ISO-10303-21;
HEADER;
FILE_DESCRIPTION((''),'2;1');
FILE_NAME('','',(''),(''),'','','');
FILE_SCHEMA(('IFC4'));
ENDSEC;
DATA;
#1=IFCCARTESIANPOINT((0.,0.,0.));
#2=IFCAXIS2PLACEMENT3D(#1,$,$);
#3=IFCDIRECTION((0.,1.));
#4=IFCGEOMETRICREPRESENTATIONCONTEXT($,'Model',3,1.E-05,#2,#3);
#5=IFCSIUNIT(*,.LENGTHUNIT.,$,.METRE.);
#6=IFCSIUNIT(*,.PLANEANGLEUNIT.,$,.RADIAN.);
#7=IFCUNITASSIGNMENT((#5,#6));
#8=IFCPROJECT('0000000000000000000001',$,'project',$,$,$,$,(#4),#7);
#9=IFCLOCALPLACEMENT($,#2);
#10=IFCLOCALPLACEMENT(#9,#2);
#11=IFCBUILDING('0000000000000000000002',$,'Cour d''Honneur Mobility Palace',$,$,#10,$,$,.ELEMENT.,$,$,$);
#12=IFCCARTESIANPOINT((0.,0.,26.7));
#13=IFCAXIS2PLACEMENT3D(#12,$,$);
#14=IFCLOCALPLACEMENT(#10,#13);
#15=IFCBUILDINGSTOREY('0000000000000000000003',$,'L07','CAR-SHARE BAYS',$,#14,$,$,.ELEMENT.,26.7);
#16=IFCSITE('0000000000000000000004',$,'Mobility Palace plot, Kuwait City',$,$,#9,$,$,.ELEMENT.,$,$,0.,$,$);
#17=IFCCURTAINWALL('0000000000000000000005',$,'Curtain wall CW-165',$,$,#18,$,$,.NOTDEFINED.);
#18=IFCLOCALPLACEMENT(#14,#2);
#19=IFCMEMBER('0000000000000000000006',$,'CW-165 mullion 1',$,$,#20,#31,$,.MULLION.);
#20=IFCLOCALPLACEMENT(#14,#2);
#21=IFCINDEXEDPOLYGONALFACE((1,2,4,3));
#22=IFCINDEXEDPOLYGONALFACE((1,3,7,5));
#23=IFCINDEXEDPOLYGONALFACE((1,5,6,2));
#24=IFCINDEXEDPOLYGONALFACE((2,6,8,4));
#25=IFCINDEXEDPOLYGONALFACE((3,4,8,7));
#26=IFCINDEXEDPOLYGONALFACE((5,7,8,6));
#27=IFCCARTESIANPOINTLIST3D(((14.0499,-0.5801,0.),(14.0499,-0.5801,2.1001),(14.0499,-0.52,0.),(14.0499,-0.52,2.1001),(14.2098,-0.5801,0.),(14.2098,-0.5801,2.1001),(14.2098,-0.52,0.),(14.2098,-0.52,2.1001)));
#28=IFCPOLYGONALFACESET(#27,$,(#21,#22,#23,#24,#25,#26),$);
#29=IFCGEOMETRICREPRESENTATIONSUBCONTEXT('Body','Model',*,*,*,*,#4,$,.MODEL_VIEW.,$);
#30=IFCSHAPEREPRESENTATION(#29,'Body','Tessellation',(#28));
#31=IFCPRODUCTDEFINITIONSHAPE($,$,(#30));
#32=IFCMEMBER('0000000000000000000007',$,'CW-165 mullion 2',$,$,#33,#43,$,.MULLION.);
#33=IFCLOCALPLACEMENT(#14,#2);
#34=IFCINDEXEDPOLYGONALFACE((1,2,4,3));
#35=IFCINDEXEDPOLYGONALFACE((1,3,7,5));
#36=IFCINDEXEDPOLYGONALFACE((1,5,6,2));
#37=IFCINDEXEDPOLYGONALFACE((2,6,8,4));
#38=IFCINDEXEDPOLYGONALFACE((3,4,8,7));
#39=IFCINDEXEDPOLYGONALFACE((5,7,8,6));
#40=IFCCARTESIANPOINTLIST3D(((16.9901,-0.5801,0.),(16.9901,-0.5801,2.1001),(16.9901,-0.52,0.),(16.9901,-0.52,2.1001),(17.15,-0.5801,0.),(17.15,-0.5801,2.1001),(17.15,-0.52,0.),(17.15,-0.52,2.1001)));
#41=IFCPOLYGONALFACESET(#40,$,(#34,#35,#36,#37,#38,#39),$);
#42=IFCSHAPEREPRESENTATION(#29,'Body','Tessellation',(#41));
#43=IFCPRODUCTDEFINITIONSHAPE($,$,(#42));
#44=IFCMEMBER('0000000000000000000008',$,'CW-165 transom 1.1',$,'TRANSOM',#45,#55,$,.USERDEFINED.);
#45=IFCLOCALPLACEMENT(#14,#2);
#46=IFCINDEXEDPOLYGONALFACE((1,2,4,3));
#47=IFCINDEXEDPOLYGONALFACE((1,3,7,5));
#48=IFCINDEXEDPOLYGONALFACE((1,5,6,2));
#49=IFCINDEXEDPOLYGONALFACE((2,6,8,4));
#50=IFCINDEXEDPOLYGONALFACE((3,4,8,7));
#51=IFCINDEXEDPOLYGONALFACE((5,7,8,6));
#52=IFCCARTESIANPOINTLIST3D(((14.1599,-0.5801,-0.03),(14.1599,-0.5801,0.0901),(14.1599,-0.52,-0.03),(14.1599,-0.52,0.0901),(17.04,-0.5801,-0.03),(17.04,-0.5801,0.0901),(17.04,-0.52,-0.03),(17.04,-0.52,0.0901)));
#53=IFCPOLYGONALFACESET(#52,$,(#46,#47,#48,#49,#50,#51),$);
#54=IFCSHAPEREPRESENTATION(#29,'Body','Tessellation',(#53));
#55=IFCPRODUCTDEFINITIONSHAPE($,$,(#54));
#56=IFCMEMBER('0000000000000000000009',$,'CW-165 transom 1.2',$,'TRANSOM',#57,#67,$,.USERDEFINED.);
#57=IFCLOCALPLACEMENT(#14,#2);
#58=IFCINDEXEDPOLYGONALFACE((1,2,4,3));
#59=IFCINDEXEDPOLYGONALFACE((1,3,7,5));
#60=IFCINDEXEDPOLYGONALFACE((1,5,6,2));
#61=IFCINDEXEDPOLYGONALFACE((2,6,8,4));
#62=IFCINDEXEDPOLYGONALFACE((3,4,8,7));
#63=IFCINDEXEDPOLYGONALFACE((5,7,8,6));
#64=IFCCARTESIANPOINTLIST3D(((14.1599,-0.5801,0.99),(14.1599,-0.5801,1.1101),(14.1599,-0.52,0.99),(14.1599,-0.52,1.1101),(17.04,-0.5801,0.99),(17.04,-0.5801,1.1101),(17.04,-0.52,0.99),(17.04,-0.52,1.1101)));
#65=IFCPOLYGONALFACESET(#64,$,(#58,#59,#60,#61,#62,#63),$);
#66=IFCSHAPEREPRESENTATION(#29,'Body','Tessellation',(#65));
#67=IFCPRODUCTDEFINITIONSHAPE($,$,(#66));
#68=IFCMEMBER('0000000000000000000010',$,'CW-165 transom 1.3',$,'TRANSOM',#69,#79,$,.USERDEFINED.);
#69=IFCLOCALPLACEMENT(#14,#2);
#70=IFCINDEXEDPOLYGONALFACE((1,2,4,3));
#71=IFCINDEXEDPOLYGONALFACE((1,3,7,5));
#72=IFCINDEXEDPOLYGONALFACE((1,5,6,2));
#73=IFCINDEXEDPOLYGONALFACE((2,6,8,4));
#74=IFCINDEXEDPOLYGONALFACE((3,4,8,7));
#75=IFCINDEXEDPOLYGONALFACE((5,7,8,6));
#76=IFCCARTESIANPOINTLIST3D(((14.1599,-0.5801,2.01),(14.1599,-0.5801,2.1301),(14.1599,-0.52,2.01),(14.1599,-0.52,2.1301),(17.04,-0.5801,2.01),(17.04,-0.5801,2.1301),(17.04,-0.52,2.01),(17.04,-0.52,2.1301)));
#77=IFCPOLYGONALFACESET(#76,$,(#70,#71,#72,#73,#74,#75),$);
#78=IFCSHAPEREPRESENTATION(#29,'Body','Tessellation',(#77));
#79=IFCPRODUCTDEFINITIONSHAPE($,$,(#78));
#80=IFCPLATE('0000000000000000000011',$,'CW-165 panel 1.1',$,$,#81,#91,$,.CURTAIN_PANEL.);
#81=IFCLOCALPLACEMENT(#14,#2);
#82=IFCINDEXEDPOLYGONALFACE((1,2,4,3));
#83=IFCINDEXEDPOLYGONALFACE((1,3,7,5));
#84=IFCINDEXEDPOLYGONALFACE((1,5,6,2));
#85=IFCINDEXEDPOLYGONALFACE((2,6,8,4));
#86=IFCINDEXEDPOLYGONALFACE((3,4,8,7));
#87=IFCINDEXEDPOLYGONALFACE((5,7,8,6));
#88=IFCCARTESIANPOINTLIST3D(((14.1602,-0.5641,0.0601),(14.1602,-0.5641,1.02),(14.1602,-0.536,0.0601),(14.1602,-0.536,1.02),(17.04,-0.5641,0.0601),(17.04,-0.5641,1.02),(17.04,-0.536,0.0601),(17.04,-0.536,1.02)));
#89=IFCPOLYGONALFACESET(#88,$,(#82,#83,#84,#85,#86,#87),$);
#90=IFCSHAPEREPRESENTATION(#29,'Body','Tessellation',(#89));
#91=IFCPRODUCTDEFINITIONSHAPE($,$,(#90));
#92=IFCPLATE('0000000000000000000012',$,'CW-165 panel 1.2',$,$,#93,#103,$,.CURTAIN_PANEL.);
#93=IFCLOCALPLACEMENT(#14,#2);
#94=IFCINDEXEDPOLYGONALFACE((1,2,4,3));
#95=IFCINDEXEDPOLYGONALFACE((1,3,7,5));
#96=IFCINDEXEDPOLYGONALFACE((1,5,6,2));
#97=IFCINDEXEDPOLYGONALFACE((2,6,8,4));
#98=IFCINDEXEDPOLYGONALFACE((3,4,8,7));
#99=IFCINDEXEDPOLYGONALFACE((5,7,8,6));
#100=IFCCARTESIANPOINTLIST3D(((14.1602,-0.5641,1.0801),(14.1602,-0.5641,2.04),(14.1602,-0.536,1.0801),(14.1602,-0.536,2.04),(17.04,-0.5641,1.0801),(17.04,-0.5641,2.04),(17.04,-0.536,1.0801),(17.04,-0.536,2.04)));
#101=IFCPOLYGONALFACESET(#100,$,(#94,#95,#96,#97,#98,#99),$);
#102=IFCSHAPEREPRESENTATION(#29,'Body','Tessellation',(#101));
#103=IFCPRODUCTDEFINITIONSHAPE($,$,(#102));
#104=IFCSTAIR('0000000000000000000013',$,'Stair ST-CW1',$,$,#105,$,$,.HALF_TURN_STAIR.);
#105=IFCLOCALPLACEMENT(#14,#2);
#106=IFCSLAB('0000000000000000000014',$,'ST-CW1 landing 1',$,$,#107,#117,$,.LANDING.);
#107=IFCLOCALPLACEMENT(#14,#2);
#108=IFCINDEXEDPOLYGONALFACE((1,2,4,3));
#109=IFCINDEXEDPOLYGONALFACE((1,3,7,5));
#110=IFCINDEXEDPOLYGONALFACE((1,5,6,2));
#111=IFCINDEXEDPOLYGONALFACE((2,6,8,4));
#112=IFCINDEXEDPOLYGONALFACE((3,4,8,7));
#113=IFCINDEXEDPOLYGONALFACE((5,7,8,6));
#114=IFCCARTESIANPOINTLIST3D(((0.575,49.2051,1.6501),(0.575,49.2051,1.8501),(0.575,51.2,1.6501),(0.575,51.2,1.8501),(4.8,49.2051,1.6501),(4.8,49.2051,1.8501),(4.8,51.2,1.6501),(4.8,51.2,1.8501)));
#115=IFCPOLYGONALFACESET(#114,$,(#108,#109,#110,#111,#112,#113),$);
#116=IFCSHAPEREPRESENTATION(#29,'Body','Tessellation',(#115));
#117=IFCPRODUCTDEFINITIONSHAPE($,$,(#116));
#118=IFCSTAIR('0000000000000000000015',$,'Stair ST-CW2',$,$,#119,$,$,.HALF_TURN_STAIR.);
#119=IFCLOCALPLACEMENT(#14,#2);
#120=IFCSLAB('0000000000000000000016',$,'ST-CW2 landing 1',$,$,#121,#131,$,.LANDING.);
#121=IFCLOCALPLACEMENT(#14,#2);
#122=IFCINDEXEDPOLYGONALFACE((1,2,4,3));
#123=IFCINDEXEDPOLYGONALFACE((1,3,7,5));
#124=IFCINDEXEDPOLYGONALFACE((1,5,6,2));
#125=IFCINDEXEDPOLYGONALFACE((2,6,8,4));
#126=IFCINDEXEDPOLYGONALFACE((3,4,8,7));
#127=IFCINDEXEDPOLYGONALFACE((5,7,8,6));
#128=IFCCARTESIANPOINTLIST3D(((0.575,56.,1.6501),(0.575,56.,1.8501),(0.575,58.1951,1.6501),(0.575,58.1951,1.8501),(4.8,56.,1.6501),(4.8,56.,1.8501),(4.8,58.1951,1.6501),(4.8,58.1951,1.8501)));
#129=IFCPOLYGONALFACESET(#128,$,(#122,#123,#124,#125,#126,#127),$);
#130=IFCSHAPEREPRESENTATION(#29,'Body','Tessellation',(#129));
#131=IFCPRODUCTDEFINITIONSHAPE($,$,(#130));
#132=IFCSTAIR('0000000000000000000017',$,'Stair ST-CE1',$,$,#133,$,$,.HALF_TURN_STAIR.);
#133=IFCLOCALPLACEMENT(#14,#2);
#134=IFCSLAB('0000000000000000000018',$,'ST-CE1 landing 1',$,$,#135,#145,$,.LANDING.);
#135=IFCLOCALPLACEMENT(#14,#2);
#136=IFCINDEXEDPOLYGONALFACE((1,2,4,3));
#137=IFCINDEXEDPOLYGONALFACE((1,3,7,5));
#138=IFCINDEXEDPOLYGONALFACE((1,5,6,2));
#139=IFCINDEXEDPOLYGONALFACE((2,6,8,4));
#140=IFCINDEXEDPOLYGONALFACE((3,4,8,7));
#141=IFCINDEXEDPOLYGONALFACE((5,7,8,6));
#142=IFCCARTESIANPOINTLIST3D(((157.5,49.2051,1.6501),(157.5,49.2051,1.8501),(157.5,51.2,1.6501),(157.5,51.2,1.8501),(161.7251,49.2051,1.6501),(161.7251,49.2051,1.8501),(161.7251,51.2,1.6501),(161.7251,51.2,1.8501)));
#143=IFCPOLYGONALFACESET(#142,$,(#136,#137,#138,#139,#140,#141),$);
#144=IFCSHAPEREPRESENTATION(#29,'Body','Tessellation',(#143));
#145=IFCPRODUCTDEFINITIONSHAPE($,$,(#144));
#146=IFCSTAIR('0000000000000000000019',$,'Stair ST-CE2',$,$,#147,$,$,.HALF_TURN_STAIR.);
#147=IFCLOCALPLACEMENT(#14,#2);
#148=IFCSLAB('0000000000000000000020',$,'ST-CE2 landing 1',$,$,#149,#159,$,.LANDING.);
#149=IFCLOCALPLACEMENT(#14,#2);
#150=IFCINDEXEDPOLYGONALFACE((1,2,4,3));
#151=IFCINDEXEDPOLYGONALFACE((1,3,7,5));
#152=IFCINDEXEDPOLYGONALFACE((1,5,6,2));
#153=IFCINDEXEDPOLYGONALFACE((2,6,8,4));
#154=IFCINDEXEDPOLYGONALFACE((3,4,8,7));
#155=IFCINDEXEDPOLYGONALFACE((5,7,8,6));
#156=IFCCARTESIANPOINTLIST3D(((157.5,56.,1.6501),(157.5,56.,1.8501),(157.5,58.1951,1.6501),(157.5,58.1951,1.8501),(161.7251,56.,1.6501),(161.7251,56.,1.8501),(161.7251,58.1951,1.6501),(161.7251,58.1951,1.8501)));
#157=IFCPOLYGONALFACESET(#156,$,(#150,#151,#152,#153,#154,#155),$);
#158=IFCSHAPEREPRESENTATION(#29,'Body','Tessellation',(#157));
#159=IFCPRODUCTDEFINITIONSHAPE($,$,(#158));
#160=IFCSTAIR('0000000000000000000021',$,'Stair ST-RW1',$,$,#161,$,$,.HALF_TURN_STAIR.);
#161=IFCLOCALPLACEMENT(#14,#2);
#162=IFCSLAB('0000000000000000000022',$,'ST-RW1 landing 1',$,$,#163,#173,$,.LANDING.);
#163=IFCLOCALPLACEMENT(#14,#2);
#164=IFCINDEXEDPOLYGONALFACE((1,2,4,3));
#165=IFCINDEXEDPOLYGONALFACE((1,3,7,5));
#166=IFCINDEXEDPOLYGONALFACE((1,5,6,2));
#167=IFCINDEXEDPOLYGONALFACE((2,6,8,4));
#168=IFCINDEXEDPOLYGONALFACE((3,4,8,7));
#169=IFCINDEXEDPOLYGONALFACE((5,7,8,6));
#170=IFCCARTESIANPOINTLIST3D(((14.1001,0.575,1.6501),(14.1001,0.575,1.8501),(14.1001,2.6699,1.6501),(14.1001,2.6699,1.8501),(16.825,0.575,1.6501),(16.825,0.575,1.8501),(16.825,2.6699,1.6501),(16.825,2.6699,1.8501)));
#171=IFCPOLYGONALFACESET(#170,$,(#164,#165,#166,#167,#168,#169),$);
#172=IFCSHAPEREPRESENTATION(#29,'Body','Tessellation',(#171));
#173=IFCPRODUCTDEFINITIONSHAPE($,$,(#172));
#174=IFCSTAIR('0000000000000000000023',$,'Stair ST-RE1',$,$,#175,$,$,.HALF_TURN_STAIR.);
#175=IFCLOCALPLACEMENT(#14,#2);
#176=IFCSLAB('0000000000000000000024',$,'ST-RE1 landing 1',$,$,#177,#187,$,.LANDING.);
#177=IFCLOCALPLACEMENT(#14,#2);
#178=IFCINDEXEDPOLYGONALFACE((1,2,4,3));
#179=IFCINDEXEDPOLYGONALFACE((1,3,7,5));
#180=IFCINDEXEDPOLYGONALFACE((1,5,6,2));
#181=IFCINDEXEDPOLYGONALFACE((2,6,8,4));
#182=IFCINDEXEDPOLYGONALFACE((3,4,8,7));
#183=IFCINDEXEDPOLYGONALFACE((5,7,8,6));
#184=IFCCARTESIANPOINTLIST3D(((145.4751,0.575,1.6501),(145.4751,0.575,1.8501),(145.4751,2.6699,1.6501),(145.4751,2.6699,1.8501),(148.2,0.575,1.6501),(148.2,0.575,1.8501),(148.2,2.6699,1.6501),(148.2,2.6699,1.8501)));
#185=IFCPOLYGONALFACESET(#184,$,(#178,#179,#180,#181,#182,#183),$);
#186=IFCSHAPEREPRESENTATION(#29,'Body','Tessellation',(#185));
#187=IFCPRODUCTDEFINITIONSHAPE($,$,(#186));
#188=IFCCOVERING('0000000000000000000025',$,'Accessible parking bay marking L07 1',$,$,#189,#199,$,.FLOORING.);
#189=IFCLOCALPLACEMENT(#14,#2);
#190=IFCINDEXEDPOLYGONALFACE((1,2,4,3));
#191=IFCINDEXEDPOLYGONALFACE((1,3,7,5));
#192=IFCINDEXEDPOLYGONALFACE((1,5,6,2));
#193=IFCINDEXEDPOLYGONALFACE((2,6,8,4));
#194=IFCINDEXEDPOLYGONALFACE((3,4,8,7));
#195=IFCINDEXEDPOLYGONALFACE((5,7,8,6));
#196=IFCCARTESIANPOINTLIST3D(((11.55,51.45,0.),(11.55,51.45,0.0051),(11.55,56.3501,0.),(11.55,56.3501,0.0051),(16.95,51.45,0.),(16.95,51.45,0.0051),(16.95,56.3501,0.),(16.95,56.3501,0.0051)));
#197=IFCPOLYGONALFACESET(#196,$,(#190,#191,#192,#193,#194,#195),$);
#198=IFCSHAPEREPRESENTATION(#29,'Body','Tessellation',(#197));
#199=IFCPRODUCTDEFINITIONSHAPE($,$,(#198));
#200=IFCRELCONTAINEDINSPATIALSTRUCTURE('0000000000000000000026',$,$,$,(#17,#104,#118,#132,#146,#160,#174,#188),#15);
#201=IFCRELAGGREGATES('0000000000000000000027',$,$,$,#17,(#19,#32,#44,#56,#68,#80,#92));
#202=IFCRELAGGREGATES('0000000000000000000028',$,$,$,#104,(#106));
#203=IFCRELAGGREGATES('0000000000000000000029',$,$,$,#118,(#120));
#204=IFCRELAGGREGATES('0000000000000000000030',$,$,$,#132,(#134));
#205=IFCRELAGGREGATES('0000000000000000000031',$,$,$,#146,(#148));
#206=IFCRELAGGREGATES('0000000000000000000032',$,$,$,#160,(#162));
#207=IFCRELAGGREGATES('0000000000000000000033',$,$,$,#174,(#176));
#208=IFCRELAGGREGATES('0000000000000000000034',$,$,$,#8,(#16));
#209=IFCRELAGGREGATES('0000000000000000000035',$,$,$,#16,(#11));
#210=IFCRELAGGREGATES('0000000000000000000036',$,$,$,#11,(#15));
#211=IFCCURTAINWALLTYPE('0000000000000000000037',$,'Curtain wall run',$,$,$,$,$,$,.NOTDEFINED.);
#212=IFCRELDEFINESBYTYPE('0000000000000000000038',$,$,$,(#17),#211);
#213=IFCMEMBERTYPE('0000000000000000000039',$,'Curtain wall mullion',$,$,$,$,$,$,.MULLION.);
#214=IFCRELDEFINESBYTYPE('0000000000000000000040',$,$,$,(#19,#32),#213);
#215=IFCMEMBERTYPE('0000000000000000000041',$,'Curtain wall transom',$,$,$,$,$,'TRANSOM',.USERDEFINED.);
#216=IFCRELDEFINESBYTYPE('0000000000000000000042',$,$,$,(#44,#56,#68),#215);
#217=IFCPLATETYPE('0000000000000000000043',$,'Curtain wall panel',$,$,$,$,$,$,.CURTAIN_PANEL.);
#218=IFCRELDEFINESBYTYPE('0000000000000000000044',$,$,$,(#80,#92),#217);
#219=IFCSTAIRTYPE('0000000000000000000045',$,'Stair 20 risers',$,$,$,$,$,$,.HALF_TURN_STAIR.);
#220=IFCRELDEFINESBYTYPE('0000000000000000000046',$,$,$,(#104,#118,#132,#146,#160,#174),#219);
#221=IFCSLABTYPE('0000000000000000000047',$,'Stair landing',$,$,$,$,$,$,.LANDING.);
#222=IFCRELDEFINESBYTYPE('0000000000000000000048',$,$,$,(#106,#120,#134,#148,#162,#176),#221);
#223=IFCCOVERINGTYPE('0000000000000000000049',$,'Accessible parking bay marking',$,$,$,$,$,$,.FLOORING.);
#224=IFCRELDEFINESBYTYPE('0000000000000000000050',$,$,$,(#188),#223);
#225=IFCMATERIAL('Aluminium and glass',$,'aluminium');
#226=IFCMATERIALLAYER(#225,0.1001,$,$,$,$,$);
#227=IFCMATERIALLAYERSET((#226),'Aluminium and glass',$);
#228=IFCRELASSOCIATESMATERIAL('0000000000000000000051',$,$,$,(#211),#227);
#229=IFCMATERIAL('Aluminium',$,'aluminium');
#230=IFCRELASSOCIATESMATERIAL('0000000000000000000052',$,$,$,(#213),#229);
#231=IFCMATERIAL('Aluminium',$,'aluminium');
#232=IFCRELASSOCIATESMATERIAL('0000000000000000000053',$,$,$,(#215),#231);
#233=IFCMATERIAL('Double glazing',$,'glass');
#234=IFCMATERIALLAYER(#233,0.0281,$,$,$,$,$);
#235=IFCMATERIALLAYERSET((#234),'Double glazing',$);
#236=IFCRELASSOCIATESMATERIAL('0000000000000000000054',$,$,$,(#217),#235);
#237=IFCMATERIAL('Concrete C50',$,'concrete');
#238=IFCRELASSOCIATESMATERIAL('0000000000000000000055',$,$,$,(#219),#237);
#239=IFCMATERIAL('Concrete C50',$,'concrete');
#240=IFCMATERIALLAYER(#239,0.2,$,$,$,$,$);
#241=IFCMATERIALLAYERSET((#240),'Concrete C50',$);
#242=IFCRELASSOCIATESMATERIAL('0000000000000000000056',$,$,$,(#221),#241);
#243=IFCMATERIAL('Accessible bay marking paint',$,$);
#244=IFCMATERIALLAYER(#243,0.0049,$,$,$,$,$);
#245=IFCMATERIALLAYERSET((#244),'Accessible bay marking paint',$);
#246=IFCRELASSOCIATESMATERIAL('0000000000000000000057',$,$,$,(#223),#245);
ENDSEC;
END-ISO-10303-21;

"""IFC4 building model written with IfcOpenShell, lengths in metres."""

from ifc_helpers import new_model, si_unit, direction, frame, origin, origin_2d, place, context, subcontext, project, spatial, polyline, rectangle, outline, extrude, material, layer, layer_set, material_profile, profile_set, type_object, element, aggregate, save


model = new_model("IFC4")

# Units and contexts
model_context = context("Model", 3, precision=1e-05, world=origin(), true_north=direction((0.0, 1.0)))
body_context = subcontext(model_context, "Body", "Model", "MODEL_VIEW")
ifc_project = project(units=[si_unit("LENGTHUNIT", "METRE"), si_unit("PLANEANGLEUNIT", "RADIAN")], contexts=[model_context])

# Site, building, storey
site_placement = place(None, origin())
site = spatial("IfcSite", under=ifc_project, at=site_placement, Name="Mobility Palace plot, Kuwait City", CompositionType="ELEMENT", RefElevation=0.0)
building_placement = place(site_placement, origin())
building = spatial("IfcBuilding", under=site, at=building_placement, Name="Cour d'Honneur Mobility Palace", CompositionType="ELEMENT")
storey_placement = place(building_placement, frame((0.0, 0.0, 26.7)))
storey = spatial("IfcBuildingStorey", under=building, at=storey_placement, Name="L07", Description="CAR-SHARE BAYS", CompositionType="ELEMENT", Elevation=26.7)

# Curtain wall, members, plates
ifc_material_1 = material(Name="Aluminium and glass", Category="aluminium")
ifc_layer_1 = layer(ifc_material_1, 0.1001)
ifc_layer_set_1 = layer_set([ifc_layer_1], Name="Aluminium and glass")
curtain_wall_type = type_object("IfcCurtainWallType", Name="Curtain wall run", PredefinedType="NOTDEFINED", material=ifc_layer_set_1)
curtain_wall_placement = place(storey_placement, origin())
curtain_wall = element("IfcCurtainWall", 1, at=curtain_wall_placement, inside=storey, type_object=curtain_wall_type, Name="Curtain wall CW-165", PredefinedType="NOTDEFINED")
ifc_material_2 = material(Name="Aluminium", Category="aluminium")
ifc_material_profile_1 = material_profile(ifc_material_2, rectangle(XDim=0.0601, YDim=0.1599, at=origin_2d()), Name="Curtain wall mullion")
ifc_profile_set_1 = profile_set([ifc_material_profile_1], Name="Aluminium")
member_type_1 = type_object("IfcMemberType", Name="Curtain wall mullion", PredefinedType="MULLION", material=ifc_profile_set_1)
member_1_placement = place(storey_placement, frame((14.1299, -0.55, 0.0), z_axis=(0.0, 0.0, 1.0), x_axis=(0.0, 1.0, 0.0)))
member_1 = element("IfcMember", 2, at=member_1_placement, type_object=member_type_1, Name="CW-165 mullion 1", PredefinedType="MULLION", context=body_context, shape_type="SweptSolid", body=[
    extrude(rectangle(XDim=0.0601, YDim=0.1599, at=origin_2d()), origin(), (0.0, 0.0, 1.0), 2.1001),
])
member_2_placement = place(storey_placement, frame((17.0701, -0.55, 0.0), z_axis=(0.0, 0.0, 1.0), x_axis=(0.0, 1.0, 0.0)))
member_2 = element("IfcMember", 3, at=member_2_placement, type_object=member_type_1, Name="CW-165 mullion 2", PredefinedType="MULLION", context=body_context, shape_type="SweptSolid", body=[
    extrude(rectangle(XDim=0.0601, YDim=0.1599, at=origin_2d()), origin(), (0.0, 0.0, 1.0), 2.1001),
])
ifc_material_3 = material(Name="Aluminium", Category="aluminium")
ifc_material_profile_2 = material_profile(ifc_material_3, rectangle(XDim=0.0601, YDim=0.1201, at=origin_2d()), Name="Curtain wall transom")
ifc_profile_set_2 = profile_set([ifc_material_profile_2], Name="Aluminium")
member_type_2 = type_object("IfcMemberType", Name="Curtain wall transom", ElementType="TRANSOM", PredefinedType="USERDEFINED", material=ifc_profile_set_2)
member_3_placement = place(storey_placement, frame((14.1599, -0.55, 0.03), z_axis=(1.0, 0.0, 0.0), x_axis=(0.0, 1.0, 0.0)))
member_3 = element("IfcMember", 4, at=member_3_placement, type_object=member_type_2, Name="CW-165 transom 1.1", ObjectType="TRANSOM", PredefinedType="USERDEFINED", context=body_context, shape_type="SweptSolid", body=[
    extrude(rectangle(XDim=0.0601, YDim=0.1201, at=origin_2d()), origin(), (0.0, 0.0, 1.0), 2.8801),
])
member_4_placement = place(storey_placement, frame((14.1599, -0.55, 1.05), z_axis=(1.0, 0.0, 0.0), x_axis=(0.0, 1.0, 0.0)))
member_4 = element("IfcMember", 5, at=member_4_placement, type_object=member_type_2, Name="CW-165 transom 1.2", ObjectType="TRANSOM", PredefinedType="USERDEFINED", context=body_context, shape_type="SweptSolid", body=[
    extrude(rectangle(XDim=0.0601, YDim=0.1201, at=origin_2d()), origin(), (0.0, 0.0, 1.0), 2.8801),
])
member_5_placement = place(storey_placement, frame((14.1599, -0.55, 2.0701), z_axis=(1.0, 0.0, 0.0), x_axis=(0.0, 1.0, 0.0)))
member_5 = element("IfcMember", 6, at=member_5_placement, type_object=member_type_2, Name="CW-165 transom 1.3", ObjectType="TRANSOM", PredefinedType="USERDEFINED", context=body_context, shape_type="SweptSolid", body=[
    extrude(rectangle(XDim=0.0601, YDim=0.1201, at=origin_2d()), origin(), (0.0, 0.0, 1.0), 2.8801),
])
ifc_material_4 = material(Name="Double glazing", Category="glass")
ifc_layer_2 = layer(ifc_material_4, 0.0281)
ifc_layer_set_2 = layer_set([ifc_layer_2], Name="Double glazing")
plate_type = type_object("IfcPlateType", Name="Curtain wall panel", PredefinedType="CURTAIN_PANEL", material=ifc_layer_set_2)
plate_1_placement = place(storey_placement, frame((15.6001, -0.55, 0.0601), z_axis=(0.0, 0.0, 1.0), x_axis=(1.0, 0.0, 0.0)))
plate_1 = element("IfcPlate", 7, at=plate_1_placement, type_object=plate_type, Name="CW-165 panel 1.1", PredefinedType="CURTAIN_PANEL", context=body_context, shape_type="SweptSolid", body=[
    extrude(rectangle(XDim=2.8799, YDim=0.0281, at=origin_2d()), origin(), (0.0, 0.0, 1.0), 0.96),
])
plate_2_placement = place(storey_placement, frame((15.6001, -0.55, 1.0801), z_axis=(0.0, 0.0, 1.0), x_axis=(1.0, 0.0, 0.0)))
plate_2 = element("IfcPlate", 8, at=plate_2_placement, type_object=plate_type, Name="CW-165 panel 1.2", PredefinedType="CURTAIN_PANEL", context=body_context, shape_type="SweptSolid", body=[
    extrude(rectangle(XDim=2.8799, YDim=0.0281, at=origin_2d()), origin(), (0.0, 0.0, 1.0), 0.96),
])
aggregate(curtain_wall, [member_1, member_2, member_3, member_4, member_5, plate_1, plate_2])

# Stairs, slabs
ifc_material_5 = material(Name="Concrete C50", Category="concrete")
stair_type = type_object("IfcStairType", Name="Stair 20 risers", PredefinedType="HALF_TURN_STAIR", material=ifc_material_5)
stair_1_placement = place(storey_placement, origin())
stair_1 = element("IfcStair", 9, at=stair_1_placement, inside=storey, type_object=stair_type, Name="Stair ST-CW1", PredefinedType="HALF_TURN_STAIR")
ifc_material_6 = material(Name="Concrete C50", Category="concrete")
ifc_layer_3 = layer(ifc_material_6, 0.2)
ifc_layer_set_3 = layer_set([ifc_layer_3], Name="Concrete C50")
slab_type = type_object("IfcSlabType", Name="Stair landing", PredefinedType="LANDING", material=ifc_layer_set_3)
slab_1_placement = place(storey_placement, frame((0.0, 0.0, 1.6501)))
slab_1 = element("IfcSlab", 10, at=slab_1_placement, type_object=slab_type, Name="ST-CW1 landing 1", PredefinedType="LANDING", context=body_context, shape_type="SweptSolid", body=[
    extrude(outline(polyline([(0.575, 49.2051), (4.8, 49.2051), (4.8, 51.2), (0.575, 51.2), (0.575, 49.2051)])), origin(), (0.0, 0.0, 1.0), 0.2),
])
aggregate(stair_1, [slab_1])
stair_2_placement = place(storey_placement, origin())
stair_2 = element("IfcStair", 11, at=stair_2_placement, inside=storey, type_object=stair_type, Name="Stair ST-CW2", PredefinedType="HALF_TURN_STAIR")
slab_2_placement = place(storey_placement, frame((0.0, 0.0, 1.6501)))
slab_2 = element("IfcSlab", 12, at=slab_2_placement, type_object=slab_type, Name="ST-CW2 landing 1", PredefinedType="LANDING", context=body_context, shape_type="SweptSolid", body=[
    extrude(outline(polyline([(0.575, 56.0), (4.8, 56.0), (4.8, 58.1951), (0.575, 58.1951), (0.575, 56.0)])), origin(), (0.0, 0.0, 1.0), 0.2),
])
aggregate(stair_2, [slab_2])
stair_3_placement = place(storey_placement, origin())
stair_3 = element("IfcStair", 13, at=stair_3_placement, inside=storey, type_object=stair_type, Name="Stair ST-CE1", PredefinedType="HALF_TURN_STAIR")
slab_3_placement = place(storey_placement, frame((0.0, 0.0, 1.6501)))
slab_3 = element("IfcSlab", 14, at=slab_3_placement, type_object=slab_type, Name="ST-CE1 landing 1", PredefinedType="LANDING", context=body_context, shape_type="SweptSolid", body=[
    extrude(outline(polyline([(157.5, 49.2051), (161.7251, 49.2051), (161.7251, 51.2), (157.5, 51.2), (157.5, 49.2051)])), origin(), (0.0, 0.0, 1.0), 0.2),
])
aggregate(stair_3, [slab_3])
stair_4_placement = place(storey_placement, origin())
stair_4 = element("IfcStair", 15, at=stair_4_placement, inside=storey, type_object=stair_type, Name="Stair ST-CE2", PredefinedType="HALF_TURN_STAIR")
slab_4_placement = place(storey_placement, frame((0.0, 0.0, 1.6501)))
slab_4 = element("IfcSlab", 16, at=slab_4_placement, type_object=slab_type, Name="ST-CE2 landing 1", PredefinedType="LANDING", context=body_context, shape_type="SweptSolid", body=[
    extrude(outline(polyline([(157.5, 56.0), (161.7251, 56.0), (161.7251, 58.1951), (157.5, 58.1951), (157.5, 56.0)])), origin(), (0.0, 0.0, 1.0), 0.2),
])
aggregate(stair_4, [slab_4])
stair_5_placement = place(storey_placement, origin())
stair_5 = element("IfcStair", 17, at=stair_5_placement, inside=storey, type_object=stair_type, Name="Stair ST-RW1", PredefinedType="HALF_TURN_STAIR")
slab_5_placement = place(storey_placement, frame((0.0, 0.0, 1.6501)))
slab_5 = element("IfcSlab", 18, at=slab_5_placement, type_object=slab_type, Name="ST-RW1 landing 1", PredefinedType="LANDING", context=body_context, shape_type="SweptSolid", body=[
    extrude(outline(polyline([(14.1001, 0.575), (16.825, 0.575), (16.825, 2.6699), (14.1001, 2.6699), (14.1001, 0.575)])), origin(), (0.0, 0.0, 1.0), 0.2),
])
aggregate(stair_5, [slab_5])
stair_6_placement = place(storey_placement, origin())
stair_6 = element("IfcStair", 19, at=stair_6_placement, inside=storey, type_object=stair_type, Name="Stair ST-RE1", PredefinedType="HALF_TURN_STAIR")
slab_6_placement = place(storey_placement, frame((0.0, 0.0, 1.6501)))
slab_6 = element("IfcSlab", 20, at=slab_6_placement, type_object=slab_type, Name="ST-RE1 landing 1", PredefinedType="LANDING", context=body_context, shape_type="SweptSolid", body=[
    extrude(outline(polyline([(145.4751, 0.575), (148.2, 0.575), (148.2, 2.6699), (145.4751, 2.6699), (145.4751, 0.575)])), origin(), (0.0, 0.0, 1.0), 0.2),
])
aggregate(stair_6, [slab_6])

# Covering
ifc_material_7 = material(Name="Accessible bay marking paint")
ifc_layer_4 = layer(ifc_material_7, 0.0049)
ifc_layer_set_4 = layer_set([ifc_layer_4], Name="Accessible bay marking paint")
covering_type_1 = type_object("IfcCoveringType", Name="Accessible parking bay marking", PredefinedType="FLOORING", material=ifc_layer_set_4)
covering_1_placement = place(storey_placement, origin())
element("IfcCovering", 21, at=covering_1_placement, inside=storey, type_object=covering_type_1, Name="Accessible parking bay marking L07 1", PredefinedType="FLOORING", context=body_context, shape_type="SweptSolid", body=[
    extrude(outline(polyline([(16.95, 51.45), (11.55, 51.45), (11.55, 56.3501), (16.95, 56.3501), (16.95, 51.45)])), origin(), (0.0, 0.0, 1.0), 0.0051),
])

save(model, "model.ifc")
